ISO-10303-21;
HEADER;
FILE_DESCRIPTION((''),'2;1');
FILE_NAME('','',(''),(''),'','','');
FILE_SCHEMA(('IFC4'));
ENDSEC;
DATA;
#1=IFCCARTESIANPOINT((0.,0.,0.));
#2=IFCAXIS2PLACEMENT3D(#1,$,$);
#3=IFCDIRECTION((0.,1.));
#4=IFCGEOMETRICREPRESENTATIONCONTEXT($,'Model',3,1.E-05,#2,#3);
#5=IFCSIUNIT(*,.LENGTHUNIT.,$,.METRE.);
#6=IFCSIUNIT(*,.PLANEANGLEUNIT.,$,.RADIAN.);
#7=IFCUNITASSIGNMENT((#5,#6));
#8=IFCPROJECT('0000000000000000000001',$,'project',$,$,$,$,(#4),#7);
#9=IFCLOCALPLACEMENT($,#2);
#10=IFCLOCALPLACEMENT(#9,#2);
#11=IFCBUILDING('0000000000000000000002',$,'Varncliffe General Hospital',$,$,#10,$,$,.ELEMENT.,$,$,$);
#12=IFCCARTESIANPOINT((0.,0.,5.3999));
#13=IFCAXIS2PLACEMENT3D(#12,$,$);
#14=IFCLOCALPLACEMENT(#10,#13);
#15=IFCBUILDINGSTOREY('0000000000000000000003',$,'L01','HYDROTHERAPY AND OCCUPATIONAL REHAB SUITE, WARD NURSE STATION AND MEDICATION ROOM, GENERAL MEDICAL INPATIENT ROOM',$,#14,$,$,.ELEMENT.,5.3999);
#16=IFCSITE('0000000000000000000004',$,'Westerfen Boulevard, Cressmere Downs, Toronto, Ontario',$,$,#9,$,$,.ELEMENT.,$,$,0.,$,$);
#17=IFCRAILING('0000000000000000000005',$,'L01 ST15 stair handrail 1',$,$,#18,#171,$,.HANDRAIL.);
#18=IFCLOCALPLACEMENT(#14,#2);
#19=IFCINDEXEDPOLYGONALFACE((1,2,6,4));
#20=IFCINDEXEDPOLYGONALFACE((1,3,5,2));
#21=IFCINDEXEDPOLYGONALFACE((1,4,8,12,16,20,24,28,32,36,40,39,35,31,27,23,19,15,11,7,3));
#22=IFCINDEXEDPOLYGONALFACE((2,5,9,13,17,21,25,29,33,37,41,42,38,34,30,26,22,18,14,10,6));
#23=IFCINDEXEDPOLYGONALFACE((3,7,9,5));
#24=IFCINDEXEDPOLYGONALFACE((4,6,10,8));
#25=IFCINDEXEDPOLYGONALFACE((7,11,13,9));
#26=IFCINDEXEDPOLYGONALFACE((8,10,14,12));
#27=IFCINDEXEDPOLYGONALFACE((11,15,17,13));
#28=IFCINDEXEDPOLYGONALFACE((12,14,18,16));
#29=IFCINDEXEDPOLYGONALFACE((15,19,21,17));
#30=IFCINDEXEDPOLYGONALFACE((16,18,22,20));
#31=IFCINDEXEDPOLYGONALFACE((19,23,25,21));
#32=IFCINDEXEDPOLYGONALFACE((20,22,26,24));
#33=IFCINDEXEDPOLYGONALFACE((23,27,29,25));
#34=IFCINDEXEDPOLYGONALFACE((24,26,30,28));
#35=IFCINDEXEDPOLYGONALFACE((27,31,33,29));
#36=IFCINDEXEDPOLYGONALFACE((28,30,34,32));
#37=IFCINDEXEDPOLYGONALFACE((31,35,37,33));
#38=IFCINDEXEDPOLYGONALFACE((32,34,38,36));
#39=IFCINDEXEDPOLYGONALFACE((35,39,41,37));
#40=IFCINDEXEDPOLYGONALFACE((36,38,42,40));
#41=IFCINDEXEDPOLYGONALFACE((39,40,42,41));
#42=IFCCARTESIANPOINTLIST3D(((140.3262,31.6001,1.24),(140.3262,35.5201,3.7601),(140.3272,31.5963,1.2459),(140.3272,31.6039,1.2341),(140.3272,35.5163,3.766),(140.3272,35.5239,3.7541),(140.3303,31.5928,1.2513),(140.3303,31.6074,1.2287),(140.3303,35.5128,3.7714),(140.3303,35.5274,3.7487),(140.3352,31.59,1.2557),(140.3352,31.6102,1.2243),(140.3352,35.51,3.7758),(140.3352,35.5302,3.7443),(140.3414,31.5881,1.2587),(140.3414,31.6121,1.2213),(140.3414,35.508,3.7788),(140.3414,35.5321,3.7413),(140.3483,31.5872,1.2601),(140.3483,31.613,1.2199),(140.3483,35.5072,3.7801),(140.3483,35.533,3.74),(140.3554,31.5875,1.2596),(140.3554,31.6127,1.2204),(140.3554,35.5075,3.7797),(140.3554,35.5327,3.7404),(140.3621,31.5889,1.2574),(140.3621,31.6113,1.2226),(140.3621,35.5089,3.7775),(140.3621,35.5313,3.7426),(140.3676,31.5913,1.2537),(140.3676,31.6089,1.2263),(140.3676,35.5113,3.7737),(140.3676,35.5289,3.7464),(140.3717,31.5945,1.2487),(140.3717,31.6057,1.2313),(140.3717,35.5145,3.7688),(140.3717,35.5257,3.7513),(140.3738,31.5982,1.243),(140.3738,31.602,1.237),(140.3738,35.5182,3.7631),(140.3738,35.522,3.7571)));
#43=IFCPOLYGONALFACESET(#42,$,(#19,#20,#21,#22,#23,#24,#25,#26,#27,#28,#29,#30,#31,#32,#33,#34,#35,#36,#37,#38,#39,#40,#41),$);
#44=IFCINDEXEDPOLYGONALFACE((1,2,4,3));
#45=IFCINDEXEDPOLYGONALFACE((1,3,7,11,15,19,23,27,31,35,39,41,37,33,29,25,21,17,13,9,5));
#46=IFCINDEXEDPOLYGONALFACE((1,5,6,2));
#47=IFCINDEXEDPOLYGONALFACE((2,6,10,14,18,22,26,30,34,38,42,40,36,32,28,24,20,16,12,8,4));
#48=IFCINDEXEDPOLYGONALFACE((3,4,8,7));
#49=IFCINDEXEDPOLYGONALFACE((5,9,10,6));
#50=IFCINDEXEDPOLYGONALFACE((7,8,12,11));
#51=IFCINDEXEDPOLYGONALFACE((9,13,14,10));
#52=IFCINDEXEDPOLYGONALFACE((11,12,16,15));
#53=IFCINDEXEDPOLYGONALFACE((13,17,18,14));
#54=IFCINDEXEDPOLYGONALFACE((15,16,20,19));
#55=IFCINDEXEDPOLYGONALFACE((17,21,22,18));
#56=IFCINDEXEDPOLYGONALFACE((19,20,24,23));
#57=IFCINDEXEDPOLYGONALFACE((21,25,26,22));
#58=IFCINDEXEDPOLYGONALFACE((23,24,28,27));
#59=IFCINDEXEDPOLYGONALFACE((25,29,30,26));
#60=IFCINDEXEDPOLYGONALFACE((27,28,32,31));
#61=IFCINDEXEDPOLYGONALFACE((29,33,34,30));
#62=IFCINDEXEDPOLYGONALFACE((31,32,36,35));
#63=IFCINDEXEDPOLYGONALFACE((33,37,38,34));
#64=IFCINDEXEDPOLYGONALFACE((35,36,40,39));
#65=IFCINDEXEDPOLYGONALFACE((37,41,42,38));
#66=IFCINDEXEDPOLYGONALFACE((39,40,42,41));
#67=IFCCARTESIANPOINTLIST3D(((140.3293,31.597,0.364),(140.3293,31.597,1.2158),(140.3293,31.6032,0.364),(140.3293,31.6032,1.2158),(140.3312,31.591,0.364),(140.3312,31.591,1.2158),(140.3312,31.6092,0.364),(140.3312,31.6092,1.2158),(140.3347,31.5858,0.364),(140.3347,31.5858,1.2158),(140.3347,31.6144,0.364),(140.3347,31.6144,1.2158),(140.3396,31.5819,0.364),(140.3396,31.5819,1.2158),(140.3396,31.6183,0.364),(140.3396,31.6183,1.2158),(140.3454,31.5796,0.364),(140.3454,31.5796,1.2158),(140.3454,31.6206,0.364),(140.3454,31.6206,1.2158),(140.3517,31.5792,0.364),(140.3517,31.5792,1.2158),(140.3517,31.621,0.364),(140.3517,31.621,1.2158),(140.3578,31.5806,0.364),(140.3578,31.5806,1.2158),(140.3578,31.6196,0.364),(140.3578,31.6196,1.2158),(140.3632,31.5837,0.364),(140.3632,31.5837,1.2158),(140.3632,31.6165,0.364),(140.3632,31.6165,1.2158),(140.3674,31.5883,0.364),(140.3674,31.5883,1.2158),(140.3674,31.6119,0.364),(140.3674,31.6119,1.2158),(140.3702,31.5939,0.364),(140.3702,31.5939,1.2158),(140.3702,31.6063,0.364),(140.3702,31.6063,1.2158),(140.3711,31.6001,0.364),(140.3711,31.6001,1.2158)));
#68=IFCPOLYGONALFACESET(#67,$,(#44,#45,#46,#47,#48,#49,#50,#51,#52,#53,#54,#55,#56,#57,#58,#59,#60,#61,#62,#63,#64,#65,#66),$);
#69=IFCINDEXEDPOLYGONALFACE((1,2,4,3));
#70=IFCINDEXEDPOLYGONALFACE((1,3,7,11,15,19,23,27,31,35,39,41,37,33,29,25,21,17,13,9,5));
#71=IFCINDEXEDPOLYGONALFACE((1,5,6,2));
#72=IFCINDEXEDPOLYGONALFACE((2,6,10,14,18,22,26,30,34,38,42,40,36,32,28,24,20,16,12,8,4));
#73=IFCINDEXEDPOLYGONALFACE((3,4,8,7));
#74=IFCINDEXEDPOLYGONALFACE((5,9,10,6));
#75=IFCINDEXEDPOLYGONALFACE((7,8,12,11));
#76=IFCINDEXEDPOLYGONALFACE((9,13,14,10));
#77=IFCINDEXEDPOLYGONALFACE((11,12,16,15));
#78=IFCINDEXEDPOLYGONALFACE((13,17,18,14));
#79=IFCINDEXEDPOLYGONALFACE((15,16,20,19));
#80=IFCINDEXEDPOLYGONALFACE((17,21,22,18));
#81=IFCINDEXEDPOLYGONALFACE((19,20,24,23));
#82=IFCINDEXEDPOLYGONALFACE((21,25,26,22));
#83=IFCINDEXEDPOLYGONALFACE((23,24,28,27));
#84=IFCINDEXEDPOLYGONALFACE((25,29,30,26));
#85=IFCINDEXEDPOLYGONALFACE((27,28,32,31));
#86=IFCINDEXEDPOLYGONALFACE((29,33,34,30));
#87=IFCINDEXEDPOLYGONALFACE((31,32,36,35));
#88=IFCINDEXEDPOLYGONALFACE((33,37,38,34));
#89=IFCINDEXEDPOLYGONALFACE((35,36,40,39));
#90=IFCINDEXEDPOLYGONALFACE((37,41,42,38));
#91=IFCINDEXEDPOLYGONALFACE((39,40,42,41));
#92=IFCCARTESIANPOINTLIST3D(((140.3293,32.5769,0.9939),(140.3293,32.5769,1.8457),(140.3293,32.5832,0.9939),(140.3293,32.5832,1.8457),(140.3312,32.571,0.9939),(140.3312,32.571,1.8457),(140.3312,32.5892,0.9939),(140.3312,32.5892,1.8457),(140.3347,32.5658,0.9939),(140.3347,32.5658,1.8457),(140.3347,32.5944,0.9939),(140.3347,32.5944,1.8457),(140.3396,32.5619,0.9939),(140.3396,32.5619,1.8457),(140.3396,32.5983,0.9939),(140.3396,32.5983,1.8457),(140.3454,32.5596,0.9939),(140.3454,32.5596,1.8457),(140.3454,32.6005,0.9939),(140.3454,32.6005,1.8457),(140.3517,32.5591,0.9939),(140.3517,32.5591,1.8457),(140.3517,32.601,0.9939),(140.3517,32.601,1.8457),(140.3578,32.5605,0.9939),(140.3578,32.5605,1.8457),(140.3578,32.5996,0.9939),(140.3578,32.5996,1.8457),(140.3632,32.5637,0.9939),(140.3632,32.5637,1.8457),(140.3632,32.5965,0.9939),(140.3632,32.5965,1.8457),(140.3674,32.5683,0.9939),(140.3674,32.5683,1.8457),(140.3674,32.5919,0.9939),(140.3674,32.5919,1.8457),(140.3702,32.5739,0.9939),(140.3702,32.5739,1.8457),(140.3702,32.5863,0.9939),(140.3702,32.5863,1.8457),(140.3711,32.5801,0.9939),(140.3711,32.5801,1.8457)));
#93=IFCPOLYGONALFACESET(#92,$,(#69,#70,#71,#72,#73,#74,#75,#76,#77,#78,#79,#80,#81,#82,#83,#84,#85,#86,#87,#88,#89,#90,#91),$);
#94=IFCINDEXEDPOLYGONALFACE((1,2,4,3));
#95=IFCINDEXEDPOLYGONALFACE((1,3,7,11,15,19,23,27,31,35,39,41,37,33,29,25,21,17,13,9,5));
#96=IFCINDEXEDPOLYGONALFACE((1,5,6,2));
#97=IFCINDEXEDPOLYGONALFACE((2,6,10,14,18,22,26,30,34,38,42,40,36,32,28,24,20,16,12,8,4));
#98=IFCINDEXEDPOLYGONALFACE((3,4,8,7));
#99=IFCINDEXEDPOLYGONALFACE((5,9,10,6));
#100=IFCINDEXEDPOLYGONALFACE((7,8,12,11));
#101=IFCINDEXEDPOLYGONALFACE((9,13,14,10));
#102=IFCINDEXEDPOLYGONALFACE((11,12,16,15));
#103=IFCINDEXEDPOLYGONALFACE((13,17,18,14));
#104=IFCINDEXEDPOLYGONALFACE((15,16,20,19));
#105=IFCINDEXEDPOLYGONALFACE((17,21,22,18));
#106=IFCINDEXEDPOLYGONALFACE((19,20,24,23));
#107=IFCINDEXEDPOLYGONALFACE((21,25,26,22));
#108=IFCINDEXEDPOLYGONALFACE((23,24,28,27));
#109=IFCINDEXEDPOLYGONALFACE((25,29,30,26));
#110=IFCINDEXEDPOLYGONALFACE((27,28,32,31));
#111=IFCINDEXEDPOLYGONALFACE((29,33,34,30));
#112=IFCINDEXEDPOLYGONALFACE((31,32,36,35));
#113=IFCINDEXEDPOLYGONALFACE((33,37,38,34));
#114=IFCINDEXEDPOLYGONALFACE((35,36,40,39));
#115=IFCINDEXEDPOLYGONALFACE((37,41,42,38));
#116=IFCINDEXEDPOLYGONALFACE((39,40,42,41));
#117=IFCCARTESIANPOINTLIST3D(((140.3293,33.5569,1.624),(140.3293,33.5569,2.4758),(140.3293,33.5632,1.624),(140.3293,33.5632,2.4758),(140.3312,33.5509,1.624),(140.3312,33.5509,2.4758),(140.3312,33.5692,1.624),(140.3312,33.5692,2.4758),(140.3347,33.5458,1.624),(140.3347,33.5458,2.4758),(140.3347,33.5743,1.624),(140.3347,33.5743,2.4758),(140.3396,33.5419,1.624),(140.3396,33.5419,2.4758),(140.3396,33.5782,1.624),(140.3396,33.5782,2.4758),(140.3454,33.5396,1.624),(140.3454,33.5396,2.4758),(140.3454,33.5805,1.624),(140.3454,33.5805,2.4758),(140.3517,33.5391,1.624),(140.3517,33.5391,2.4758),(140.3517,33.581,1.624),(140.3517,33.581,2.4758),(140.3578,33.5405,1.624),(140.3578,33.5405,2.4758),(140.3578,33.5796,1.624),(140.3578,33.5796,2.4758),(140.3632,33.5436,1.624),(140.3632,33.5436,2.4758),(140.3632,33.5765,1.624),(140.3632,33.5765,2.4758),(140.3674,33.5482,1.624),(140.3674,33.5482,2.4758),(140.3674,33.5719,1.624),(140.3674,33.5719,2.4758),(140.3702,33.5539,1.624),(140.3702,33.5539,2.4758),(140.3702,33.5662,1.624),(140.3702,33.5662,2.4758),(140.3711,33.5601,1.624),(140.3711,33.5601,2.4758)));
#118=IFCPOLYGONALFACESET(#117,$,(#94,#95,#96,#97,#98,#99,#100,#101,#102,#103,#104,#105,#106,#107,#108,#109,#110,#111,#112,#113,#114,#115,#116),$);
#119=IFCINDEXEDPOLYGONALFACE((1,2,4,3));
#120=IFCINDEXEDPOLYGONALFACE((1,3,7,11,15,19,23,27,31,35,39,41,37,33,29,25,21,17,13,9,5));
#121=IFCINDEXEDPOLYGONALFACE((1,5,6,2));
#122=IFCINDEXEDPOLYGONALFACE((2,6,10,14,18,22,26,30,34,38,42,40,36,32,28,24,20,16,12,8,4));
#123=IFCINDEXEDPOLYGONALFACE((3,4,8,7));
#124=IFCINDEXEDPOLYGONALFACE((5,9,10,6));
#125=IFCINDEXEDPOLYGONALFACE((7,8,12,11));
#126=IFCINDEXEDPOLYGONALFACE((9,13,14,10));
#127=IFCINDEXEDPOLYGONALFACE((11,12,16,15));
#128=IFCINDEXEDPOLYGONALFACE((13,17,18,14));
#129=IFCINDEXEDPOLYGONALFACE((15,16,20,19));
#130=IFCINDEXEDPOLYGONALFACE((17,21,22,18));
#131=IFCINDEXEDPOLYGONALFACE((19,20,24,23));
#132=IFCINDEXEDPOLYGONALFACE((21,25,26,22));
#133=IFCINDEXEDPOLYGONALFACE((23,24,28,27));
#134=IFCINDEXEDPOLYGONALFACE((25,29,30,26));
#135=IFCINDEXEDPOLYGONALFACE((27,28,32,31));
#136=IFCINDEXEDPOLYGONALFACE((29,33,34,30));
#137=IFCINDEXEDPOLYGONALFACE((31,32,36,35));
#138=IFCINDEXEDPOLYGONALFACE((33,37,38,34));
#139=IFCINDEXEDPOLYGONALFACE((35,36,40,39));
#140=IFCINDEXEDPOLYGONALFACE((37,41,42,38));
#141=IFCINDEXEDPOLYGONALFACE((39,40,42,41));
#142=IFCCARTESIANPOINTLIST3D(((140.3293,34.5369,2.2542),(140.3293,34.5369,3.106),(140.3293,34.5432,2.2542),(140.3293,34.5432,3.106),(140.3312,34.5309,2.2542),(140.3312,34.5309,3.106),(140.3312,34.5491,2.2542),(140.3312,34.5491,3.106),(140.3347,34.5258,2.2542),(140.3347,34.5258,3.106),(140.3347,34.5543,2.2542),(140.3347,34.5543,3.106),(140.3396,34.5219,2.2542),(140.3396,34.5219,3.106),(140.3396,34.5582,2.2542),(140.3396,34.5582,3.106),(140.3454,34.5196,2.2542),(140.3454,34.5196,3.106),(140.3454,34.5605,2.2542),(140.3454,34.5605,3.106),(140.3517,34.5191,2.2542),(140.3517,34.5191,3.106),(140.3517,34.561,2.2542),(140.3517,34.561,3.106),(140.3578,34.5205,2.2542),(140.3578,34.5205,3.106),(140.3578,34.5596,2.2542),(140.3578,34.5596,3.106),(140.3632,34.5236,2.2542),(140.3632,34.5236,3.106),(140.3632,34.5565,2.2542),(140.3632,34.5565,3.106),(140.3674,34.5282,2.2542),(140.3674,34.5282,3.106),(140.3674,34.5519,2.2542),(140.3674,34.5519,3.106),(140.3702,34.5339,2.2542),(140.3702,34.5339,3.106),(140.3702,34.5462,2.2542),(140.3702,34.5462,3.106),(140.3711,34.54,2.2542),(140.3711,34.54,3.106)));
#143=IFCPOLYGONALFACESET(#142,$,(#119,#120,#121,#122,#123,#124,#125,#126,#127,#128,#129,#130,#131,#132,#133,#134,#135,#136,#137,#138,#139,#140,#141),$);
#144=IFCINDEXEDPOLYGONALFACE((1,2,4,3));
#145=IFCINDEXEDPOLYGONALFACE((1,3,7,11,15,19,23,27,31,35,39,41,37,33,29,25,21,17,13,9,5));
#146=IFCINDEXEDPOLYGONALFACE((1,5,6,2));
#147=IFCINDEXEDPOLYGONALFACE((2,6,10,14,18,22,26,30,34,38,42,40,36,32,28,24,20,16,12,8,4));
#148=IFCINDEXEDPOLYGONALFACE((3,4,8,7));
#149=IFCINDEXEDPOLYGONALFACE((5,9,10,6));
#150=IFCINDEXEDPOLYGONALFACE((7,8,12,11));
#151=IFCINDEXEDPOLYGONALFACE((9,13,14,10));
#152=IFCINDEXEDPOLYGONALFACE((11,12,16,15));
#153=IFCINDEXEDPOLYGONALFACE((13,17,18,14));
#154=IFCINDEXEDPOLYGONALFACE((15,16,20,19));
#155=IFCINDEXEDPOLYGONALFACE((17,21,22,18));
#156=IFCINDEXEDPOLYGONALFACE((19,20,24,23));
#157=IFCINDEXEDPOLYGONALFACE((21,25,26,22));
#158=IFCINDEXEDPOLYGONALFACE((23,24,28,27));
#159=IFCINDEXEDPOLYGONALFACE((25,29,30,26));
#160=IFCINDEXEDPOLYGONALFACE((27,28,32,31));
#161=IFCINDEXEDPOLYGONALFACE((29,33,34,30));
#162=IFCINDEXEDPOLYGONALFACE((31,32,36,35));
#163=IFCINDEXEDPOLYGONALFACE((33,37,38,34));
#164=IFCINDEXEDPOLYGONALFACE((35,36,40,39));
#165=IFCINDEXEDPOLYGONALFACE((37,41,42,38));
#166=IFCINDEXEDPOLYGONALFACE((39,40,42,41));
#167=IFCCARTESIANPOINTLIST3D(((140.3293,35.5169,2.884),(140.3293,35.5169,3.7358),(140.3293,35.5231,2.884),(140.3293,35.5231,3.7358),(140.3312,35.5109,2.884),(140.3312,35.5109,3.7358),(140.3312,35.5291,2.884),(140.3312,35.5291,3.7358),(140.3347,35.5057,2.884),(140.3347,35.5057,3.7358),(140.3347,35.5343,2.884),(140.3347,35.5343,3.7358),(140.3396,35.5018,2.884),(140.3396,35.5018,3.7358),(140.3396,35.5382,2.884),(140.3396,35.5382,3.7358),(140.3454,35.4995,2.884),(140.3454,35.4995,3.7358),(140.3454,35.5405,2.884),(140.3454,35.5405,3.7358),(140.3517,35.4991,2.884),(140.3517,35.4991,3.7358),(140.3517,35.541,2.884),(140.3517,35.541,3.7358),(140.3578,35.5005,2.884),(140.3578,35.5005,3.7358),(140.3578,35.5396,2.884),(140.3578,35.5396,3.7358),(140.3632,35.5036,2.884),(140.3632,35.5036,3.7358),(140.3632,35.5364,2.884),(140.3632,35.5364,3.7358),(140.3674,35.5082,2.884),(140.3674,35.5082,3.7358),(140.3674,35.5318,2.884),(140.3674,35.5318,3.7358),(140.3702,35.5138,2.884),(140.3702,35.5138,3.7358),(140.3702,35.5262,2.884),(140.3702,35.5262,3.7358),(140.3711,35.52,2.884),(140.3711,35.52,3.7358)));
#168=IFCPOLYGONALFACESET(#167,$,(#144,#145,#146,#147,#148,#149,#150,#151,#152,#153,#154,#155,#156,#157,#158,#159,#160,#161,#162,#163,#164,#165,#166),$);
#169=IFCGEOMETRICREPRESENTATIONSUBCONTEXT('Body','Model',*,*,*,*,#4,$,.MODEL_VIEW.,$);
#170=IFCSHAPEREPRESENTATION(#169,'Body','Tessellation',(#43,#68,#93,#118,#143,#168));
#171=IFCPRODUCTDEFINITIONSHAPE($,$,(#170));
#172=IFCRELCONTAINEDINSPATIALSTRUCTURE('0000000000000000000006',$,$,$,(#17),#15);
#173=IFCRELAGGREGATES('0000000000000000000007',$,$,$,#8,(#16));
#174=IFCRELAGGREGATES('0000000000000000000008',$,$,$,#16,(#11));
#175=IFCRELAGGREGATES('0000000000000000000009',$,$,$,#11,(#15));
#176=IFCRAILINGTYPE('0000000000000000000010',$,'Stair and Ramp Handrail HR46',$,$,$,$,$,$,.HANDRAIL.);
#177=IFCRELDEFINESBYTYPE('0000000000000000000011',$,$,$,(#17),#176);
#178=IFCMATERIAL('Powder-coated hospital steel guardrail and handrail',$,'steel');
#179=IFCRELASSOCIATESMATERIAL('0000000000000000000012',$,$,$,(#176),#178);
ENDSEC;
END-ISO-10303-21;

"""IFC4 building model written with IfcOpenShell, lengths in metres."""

from ifc_helpers import new_model, si_unit, direction, frame, origin, origin_2d, place, context, subcontext, project, spatial, circle, extrude, material, type_object, element, save


model = new_model("IFC4")

# Units and contexts
model_context = context("Model", 3, precision=1e-05, world=origin(), true_north=direction((0.0, 1.0)))
body_context = subcontext(model_context, "Body", "Model", "MODEL_VIEW")
ifc_project = project(units=[si_unit("LENGTHUNIT", "METRE"), si_unit("PLANEANGLEUNIT", "RADIAN")], contexts=[model_context])

# Site, building, storey
site_placement = place(None, origin())
site = spatial("IfcSite", under=ifc_project, at=site_placement, Name="Westerfen Boulevard, Cressmere Downs, Toronto, Ontario", CompositionType="ELEMENT", RefElevation=0.0)
building_placement = place(site_placement, origin())
building = spatial("IfcBuilding", under=site, at=building_placement, Name="Varncliffe General Hospital", CompositionType="ELEMENT")
storey_placement = place(building_placement, frame((0.0, 0.0, 5.3999)))
storey = spatial("IfcBuildingStorey", under=building, at=storey_placement, Name="L01", Description="HYDROTHERAPY AND OCCUPATIONAL REHAB SUITE, WARD NURSE STATION AND MEDICATION ROOM, GENERAL MEDICAL INPATIENT ROOM", CompositionType="ELEMENT", Elevation=5.3999)

# Railing
ifc_material_1 = material(Name="Powder-coated hospital steel guardrail and handrail", Category="steel")
railing_type = type_object("IfcRailingType", Name="Stair and Ramp Handrail HR46", PredefinedType="HANDRAIL", material=ifc_material_1)
railing_placement = place(storey_placement, frame((140.3501, 31.6001, 0.364)))
element("IfcRailing", 1, at=railing_placement, inside=storey, type_object=railing_type, Name="L01 ST15 stair handrail 1", PredefinedType="HANDRAIL", context=body_context, shape_type="SweptSolid", body=[
    extrude(circle(Radius=0.0239, at=origin_2d()), frame((0.0, 0.0, 0.876), z_axis=(0.0, 0.841172, 0.540768), x_axis=(-1.0, 0.0, 0.0)), (0.0, 0.0, 1.0), 4.6602),
    extrude(circle(Radius=0.021, at=origin_2d()), origin(), (0.0, 0.0, 1.0), 0.8518),
    extrude(circle(Radius=0.021, at=origin_2d()), frame((0.0, 0.98, 0.6299)), (0.0, 0.0, 1.0), 0.8518),
    extrude(circle(Radius=0.021, at=origin_2d()), frame((0.0, 1.96, 1.26)), (0.0, 0.0, 1.0), 0.8518),
    extrude(circle(Radius=0.021, at=origin_2d()), frame((0.0, 2.9399, 1.8901)), (0.0, 0.0, 1.0), 0.8518),
    extrude(circle(Radius=0.021, at=origin_2d()), frame((0.0, 3.9199, 2.52)), (0.0, 0.0, 1.0), 0.8518),
])

save(model, "model.ifc")
